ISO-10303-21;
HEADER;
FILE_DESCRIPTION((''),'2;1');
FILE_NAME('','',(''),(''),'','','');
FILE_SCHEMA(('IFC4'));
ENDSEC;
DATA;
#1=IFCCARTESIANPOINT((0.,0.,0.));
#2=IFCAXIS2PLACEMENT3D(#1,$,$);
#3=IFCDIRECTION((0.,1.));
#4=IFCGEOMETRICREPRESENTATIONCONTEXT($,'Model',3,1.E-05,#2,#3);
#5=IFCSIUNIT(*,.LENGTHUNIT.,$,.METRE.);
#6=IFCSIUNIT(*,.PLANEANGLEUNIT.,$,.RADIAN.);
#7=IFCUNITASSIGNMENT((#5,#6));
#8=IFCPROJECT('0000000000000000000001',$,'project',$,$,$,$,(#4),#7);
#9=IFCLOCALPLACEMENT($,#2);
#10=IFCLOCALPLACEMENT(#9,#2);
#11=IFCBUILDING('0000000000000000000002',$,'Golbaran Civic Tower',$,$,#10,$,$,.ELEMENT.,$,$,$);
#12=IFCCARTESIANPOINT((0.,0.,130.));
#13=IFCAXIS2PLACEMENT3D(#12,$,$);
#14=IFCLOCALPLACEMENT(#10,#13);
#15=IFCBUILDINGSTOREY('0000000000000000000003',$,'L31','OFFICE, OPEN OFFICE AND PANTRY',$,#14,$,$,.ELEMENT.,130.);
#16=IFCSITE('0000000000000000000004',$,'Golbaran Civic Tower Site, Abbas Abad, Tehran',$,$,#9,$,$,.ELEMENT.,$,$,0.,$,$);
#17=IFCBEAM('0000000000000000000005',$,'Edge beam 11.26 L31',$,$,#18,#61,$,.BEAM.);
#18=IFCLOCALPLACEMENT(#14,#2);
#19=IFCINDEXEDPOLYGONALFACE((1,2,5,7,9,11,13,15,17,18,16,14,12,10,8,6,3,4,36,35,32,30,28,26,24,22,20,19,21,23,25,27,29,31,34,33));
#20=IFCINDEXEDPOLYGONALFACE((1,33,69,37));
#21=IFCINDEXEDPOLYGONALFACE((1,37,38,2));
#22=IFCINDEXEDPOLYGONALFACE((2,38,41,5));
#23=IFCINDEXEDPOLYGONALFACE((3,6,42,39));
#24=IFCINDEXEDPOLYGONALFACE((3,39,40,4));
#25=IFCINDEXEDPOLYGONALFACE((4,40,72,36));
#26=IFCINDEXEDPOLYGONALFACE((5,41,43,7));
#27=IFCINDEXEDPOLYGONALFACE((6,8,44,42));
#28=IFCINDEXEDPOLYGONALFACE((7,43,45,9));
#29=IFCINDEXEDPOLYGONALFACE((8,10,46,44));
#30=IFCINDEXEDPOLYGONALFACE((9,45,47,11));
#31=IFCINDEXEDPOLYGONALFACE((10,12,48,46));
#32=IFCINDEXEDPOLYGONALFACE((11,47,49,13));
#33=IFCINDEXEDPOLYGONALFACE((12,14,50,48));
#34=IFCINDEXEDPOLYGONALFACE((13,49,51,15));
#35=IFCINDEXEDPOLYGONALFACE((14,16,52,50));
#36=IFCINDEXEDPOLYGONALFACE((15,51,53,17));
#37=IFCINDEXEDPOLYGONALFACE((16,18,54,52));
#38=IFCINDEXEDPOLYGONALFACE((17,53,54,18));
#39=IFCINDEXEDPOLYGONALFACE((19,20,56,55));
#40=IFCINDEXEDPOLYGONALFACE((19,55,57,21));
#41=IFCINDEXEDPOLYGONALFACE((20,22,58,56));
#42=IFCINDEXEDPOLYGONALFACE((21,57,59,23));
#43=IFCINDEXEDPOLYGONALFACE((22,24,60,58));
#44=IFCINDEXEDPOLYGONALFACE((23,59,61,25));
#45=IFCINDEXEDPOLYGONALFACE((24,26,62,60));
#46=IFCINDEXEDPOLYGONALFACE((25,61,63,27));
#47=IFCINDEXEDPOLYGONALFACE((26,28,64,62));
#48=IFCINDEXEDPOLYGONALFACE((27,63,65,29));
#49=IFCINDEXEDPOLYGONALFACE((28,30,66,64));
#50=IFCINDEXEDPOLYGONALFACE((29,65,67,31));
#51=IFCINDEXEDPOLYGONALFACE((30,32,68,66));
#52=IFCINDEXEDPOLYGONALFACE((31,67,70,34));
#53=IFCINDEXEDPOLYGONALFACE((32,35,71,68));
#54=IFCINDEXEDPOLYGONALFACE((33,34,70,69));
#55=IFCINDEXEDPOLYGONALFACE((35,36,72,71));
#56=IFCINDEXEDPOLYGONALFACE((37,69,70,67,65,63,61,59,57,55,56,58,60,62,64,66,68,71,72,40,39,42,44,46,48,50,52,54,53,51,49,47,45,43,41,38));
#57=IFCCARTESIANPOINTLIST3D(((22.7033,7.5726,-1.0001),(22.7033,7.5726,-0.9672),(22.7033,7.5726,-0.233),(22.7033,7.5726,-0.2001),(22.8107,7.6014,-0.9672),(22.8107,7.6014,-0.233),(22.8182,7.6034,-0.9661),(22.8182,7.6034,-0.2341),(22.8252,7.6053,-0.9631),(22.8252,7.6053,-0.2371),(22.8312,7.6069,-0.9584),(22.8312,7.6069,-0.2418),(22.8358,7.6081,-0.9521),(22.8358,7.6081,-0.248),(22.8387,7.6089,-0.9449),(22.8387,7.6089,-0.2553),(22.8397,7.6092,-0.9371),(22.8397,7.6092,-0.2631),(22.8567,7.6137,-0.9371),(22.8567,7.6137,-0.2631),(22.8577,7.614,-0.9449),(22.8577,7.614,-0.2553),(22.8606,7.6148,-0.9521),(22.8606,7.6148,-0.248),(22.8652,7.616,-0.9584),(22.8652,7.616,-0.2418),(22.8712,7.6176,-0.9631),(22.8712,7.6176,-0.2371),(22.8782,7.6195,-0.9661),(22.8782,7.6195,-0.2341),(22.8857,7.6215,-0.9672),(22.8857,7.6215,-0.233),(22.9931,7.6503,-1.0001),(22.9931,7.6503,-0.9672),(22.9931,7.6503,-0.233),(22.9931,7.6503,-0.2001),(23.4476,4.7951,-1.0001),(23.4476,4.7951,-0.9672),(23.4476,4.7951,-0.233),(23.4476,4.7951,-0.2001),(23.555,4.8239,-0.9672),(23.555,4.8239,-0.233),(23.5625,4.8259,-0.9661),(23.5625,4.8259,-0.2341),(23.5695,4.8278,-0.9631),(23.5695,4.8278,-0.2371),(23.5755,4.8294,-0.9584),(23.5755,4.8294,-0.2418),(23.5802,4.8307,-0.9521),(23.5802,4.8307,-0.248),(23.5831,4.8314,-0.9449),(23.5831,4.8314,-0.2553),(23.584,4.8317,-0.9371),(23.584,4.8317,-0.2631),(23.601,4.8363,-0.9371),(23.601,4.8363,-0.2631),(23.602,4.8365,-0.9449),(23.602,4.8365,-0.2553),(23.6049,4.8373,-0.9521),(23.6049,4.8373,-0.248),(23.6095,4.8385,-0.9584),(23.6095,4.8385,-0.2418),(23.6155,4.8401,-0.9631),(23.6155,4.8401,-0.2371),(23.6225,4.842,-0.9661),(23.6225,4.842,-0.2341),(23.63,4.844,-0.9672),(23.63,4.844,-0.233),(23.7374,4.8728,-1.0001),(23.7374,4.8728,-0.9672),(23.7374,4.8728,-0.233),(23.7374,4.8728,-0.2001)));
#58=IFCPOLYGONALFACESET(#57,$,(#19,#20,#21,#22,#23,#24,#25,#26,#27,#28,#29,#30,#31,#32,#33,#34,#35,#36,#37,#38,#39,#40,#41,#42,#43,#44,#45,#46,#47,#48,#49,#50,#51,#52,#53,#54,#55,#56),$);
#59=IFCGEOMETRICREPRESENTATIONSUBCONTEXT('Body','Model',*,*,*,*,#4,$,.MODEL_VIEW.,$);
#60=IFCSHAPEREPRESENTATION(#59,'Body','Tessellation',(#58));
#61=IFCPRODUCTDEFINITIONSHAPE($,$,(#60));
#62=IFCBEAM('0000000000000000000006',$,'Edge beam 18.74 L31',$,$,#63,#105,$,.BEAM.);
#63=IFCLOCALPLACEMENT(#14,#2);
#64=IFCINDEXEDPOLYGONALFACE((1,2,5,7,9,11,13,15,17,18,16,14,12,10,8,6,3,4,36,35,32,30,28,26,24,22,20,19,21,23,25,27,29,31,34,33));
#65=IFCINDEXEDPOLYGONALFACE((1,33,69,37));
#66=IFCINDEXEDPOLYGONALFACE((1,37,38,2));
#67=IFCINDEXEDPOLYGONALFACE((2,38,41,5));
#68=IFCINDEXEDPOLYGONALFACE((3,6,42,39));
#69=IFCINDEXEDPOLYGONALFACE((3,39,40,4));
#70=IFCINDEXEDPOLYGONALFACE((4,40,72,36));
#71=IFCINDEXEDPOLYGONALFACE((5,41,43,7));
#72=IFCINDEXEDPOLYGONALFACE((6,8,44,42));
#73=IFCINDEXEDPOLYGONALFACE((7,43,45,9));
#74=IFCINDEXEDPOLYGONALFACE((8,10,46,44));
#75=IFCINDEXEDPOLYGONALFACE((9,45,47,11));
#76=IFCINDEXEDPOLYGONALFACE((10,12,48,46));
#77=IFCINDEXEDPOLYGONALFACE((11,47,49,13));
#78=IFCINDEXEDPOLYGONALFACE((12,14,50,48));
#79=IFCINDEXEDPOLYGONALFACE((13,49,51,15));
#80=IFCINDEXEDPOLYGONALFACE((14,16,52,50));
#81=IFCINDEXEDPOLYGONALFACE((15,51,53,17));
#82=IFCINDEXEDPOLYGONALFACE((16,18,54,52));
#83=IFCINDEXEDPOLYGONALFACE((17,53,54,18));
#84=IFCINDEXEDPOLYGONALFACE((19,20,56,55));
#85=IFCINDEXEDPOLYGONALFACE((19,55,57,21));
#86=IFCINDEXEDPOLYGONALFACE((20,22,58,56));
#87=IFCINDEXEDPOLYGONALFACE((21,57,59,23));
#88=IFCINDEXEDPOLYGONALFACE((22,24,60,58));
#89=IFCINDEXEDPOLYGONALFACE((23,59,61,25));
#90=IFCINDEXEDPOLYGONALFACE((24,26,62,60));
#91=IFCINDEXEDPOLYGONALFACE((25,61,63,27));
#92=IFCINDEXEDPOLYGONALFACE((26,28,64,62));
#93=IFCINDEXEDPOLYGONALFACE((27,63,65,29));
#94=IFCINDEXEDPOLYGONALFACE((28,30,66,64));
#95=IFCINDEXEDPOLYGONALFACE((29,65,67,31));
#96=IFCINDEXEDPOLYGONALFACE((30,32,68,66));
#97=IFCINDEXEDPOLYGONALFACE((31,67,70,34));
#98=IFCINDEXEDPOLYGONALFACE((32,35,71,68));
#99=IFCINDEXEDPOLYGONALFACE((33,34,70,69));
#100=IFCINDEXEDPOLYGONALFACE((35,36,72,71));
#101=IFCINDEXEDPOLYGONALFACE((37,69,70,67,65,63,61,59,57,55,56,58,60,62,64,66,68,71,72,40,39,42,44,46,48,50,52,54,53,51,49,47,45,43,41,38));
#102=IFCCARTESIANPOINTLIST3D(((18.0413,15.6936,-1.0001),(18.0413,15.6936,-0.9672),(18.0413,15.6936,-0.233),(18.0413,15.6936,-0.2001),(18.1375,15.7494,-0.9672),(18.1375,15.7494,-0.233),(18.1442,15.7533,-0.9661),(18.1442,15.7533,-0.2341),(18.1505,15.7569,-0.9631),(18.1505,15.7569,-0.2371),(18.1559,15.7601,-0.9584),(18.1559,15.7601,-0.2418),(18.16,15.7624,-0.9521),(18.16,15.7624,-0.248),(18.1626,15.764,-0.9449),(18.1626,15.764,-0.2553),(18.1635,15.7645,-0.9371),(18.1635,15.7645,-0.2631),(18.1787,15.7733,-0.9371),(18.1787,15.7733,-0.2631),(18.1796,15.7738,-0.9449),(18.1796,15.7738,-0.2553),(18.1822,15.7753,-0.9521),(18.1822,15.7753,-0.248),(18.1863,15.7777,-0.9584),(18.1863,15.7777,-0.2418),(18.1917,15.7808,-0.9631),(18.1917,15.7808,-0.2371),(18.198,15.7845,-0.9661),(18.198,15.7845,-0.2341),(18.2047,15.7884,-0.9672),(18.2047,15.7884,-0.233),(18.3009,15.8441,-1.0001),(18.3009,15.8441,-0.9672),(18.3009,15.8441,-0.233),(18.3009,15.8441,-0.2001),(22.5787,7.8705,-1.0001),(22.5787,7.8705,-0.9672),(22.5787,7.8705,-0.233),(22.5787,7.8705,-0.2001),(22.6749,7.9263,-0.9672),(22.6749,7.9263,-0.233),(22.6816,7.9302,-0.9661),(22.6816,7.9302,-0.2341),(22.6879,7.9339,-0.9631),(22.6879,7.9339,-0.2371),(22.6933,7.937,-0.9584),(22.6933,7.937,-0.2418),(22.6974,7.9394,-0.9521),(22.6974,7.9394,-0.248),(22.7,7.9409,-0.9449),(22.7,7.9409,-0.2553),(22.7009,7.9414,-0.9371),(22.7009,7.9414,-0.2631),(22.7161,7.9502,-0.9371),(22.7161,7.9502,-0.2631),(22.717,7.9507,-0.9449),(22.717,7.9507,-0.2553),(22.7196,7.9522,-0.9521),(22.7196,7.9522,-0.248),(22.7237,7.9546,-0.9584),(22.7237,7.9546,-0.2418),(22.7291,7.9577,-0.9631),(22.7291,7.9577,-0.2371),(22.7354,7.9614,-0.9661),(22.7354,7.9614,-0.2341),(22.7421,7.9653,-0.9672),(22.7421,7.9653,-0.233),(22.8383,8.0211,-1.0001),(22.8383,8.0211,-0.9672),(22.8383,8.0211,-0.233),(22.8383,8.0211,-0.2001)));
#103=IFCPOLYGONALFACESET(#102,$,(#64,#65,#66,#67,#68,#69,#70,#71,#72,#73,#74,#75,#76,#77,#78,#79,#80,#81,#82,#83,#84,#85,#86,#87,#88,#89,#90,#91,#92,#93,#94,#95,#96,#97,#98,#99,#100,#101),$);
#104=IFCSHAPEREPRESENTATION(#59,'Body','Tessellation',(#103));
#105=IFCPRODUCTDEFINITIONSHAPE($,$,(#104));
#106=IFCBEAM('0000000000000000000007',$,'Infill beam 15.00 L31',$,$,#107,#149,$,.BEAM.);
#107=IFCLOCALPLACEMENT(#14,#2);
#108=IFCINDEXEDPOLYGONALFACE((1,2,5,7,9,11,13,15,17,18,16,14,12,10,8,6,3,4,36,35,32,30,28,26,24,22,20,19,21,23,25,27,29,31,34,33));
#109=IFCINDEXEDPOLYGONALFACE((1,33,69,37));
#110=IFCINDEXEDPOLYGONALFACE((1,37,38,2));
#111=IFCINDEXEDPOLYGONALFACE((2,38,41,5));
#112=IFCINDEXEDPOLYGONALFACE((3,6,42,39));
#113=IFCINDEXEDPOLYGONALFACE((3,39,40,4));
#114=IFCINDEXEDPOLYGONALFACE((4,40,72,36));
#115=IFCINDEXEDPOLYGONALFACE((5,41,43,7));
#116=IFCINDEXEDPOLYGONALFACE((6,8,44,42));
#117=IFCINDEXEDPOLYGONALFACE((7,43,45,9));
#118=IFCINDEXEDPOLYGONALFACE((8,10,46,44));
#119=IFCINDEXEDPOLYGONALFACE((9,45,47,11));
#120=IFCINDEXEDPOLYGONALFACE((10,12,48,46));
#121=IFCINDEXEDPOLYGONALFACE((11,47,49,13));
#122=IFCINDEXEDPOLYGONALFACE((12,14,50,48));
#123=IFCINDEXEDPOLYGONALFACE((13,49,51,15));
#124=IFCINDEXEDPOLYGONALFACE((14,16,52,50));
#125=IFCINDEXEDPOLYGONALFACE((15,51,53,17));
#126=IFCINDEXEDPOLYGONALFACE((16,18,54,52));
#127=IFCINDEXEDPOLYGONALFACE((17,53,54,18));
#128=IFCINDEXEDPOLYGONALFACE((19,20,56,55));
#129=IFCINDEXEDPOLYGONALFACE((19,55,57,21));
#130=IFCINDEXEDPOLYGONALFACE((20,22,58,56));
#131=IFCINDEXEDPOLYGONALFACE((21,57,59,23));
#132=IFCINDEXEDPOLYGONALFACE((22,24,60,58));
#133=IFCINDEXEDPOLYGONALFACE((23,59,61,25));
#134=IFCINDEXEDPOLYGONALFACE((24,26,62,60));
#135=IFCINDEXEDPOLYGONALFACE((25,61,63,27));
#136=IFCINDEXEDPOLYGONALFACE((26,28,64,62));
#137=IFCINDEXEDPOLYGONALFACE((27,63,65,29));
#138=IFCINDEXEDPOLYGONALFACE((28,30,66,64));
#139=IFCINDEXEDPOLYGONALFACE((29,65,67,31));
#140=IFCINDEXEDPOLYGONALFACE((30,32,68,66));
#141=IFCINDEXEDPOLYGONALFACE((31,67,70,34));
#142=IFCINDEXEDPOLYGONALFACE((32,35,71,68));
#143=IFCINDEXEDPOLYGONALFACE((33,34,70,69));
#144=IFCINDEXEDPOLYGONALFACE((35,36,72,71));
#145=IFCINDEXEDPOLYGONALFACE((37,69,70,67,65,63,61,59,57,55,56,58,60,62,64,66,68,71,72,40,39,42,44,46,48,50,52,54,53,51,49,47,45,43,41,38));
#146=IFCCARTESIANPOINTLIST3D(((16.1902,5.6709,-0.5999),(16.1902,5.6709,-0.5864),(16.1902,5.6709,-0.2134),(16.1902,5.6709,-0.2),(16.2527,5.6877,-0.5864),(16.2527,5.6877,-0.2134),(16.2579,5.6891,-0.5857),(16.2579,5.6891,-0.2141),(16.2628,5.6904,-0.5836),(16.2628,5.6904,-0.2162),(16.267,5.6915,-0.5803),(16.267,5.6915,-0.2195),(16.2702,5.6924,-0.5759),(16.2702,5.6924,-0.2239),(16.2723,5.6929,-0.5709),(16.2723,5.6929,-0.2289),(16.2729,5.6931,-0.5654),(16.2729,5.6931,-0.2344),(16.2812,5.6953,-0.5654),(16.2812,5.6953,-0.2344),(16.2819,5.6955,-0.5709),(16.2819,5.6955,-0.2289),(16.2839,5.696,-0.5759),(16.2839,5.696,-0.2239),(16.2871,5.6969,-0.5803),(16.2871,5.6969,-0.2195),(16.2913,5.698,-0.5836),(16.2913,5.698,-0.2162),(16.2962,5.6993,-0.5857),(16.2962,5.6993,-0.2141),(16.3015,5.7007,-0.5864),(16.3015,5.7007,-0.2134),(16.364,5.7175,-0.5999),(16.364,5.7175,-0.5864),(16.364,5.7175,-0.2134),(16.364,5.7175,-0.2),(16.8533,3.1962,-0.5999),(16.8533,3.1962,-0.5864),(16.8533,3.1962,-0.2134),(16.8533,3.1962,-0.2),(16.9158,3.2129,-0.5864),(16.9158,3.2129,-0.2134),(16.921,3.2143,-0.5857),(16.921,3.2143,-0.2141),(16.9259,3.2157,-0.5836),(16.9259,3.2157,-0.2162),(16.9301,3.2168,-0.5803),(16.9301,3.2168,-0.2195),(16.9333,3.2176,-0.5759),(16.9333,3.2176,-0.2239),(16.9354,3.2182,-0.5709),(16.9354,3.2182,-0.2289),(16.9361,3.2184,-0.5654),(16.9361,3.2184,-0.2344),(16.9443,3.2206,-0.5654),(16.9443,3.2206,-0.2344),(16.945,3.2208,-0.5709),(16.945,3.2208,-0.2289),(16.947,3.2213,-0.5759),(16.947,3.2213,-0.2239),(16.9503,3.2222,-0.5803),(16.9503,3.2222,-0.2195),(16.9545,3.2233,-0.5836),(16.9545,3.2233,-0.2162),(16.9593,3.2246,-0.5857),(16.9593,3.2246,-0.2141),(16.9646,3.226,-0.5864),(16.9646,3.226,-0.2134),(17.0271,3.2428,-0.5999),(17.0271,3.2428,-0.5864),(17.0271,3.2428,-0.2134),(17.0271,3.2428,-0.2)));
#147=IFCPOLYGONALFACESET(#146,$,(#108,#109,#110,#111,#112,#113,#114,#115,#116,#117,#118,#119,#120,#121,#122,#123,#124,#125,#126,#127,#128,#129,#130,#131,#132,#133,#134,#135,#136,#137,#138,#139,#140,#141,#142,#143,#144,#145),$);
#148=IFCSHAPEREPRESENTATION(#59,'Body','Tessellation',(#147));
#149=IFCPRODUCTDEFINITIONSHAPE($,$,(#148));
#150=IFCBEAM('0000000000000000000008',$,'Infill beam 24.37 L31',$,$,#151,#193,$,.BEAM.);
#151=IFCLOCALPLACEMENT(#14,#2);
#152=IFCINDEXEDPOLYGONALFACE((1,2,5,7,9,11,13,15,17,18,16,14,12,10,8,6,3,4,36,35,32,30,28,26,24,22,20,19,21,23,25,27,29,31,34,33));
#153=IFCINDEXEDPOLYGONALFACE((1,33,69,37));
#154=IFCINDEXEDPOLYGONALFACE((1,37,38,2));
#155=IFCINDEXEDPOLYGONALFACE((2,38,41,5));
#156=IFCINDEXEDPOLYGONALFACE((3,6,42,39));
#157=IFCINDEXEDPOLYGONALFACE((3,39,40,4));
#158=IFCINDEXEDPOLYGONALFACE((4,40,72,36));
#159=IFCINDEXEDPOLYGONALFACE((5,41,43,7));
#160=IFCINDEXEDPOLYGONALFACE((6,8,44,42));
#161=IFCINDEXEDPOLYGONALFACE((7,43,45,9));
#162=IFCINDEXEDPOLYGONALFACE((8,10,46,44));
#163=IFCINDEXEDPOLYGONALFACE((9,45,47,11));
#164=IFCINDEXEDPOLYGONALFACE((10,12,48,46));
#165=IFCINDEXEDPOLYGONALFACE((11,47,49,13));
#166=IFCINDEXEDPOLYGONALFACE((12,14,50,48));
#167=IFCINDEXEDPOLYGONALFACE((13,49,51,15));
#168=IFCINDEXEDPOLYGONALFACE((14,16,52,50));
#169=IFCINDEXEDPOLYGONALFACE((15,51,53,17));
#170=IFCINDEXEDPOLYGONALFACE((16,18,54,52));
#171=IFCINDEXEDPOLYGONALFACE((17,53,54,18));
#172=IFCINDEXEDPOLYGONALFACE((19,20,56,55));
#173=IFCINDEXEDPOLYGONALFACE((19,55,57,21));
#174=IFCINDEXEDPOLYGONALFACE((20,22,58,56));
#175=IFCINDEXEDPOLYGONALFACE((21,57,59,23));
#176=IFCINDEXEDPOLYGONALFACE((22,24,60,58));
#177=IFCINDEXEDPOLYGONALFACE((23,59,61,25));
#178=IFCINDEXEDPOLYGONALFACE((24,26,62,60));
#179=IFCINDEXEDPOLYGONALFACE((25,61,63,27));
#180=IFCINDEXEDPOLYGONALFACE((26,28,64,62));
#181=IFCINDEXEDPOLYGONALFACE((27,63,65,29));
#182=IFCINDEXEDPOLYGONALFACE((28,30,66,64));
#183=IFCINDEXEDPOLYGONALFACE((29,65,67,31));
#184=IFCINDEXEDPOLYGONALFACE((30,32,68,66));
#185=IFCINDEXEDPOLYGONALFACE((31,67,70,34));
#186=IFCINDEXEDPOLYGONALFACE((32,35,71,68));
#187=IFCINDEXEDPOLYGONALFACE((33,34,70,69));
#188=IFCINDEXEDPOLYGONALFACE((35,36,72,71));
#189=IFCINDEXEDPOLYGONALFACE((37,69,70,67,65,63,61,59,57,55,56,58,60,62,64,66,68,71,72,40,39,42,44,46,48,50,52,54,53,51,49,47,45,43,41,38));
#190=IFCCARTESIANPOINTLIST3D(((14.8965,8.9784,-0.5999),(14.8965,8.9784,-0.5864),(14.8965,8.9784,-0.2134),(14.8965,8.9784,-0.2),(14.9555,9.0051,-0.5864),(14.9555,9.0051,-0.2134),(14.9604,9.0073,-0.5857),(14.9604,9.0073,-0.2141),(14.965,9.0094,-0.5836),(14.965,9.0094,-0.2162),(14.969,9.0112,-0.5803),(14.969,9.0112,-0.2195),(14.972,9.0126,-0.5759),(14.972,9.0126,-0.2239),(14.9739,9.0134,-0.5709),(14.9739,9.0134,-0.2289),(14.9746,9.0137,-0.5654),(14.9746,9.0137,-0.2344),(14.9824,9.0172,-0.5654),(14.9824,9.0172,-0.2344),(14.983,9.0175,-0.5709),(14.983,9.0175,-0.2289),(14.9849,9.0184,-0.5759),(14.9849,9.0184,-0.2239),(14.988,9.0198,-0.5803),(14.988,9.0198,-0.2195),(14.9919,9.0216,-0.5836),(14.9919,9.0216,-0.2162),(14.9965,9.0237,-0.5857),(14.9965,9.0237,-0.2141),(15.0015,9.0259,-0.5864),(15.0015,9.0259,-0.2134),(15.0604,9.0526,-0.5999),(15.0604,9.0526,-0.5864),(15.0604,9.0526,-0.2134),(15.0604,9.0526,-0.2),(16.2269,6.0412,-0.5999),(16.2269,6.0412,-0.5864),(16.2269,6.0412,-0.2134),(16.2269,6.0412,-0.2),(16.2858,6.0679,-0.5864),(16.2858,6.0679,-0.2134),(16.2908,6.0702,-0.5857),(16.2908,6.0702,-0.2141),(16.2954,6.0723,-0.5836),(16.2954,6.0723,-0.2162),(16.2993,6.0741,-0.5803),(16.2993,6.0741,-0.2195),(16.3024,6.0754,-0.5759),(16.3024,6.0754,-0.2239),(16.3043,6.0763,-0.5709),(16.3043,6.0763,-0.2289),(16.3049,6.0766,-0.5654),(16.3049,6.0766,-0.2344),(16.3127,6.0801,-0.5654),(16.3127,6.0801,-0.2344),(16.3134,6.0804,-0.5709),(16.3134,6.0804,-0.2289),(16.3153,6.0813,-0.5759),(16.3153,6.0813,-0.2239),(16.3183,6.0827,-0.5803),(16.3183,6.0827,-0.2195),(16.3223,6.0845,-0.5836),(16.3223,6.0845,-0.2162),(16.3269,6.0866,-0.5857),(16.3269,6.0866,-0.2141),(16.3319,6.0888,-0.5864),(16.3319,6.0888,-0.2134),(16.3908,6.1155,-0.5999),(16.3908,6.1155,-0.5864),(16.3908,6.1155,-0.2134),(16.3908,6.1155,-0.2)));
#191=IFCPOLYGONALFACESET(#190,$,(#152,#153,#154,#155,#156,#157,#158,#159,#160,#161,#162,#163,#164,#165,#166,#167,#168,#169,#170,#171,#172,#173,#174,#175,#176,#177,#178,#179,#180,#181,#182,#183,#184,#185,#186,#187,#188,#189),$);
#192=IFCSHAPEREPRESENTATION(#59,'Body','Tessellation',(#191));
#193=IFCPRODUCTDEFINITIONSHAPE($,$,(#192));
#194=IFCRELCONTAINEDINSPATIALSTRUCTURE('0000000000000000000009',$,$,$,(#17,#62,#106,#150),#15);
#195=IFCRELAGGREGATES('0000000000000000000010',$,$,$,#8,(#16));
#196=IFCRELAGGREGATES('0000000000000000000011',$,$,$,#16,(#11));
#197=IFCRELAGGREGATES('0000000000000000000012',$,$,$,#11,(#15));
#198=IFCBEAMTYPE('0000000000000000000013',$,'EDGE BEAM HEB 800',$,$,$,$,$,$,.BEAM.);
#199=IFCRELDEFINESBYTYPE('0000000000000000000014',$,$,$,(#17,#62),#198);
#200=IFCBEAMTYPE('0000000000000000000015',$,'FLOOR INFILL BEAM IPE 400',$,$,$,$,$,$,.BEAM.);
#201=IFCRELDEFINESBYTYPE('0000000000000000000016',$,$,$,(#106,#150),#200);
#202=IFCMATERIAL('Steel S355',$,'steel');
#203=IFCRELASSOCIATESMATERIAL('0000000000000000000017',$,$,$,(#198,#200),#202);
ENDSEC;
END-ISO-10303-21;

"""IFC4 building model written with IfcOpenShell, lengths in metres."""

from ifc_helpers import new_model, si_unit, direction, frame, origin, origin_2d, place, context, subcontext, project, spatial, i_section, extrude, material, material_profile, profile_set, type_object, element, save


model = new_model("IFC4")

# Units and contexts
model_context = context("Model", 3, precision=1e-05, world=origin(), true_north=direction((0.0, 1.0)))
body_context = subcontext(model_context, "Body", "Model", "MODEL_VIEW")
ifc_project = project(units=[si_unit("LENGTHUNIT", "METRE"), si_unit("PLANEANGLEUNIT", "RADIAN")], contexts=[model_context])

# Site, building, storey
site_placement = place(None, origin())
site = spatial("IfcSite", under=ifc_project, at=site_placement, Name="Golbaran Civic Tower Site, Abbas Abad, Tehran", CompositionType="ELEMENT", RefElevation=0.0)
building_placement = place(site_placement, origin())
building = spatial("IfcBuilding", under=site, at=building_placement, Name="Golbaran Civic Tower", CompositionType="ELEMENT")
storey_placement = place(building_placement, frame((0.0, 0.0, 130.0)))
storey = spatial("IfcBuildingStorey", under=building, at=storey_placement, Name="L31", Description="OFFICE, OPEN OFFICE AND PANTRY", CompositionType="ELEMENT", Elevation=130.0)

# Beams
ifc_material_1 = material(Name="Steel S355", Category="steel")
ifc_material_profile_1 = material_profile(ifc_material_1, i_section(OverallWidth=0.3, OverallDepth=0.8, WebThickness=0.0176, FlangeThickness=0.033, FilletRadius=0.03, at=origin_2d()), Name="HEB 800")
ifc_profile_set_1 = profile_set([ifc_material_profile_1], Name="Steel S355")
beam_type_1 = type_object("IfcBeamType", Name="EDGE BEAM HEB 800", PredefinedType="BEAM", material=ifc_profile_set_1)
beam_1_placement = place(storey_placement, frame((23.5925, 4.834, -0.6001), z_axis=(-0.258862, 0.965914, 0.0), x_axis=(-0.965914, -0.258862, 0.0)))
element("IfcBeam", 1, at=beam_1_placement, inside=storey, type_object=beam_type_1, Name="Edge beam 11.26 L31", PredefinedType="BEAM", context=body_context, shape_type="SweptSolid", body=[
    extrude(i_section(OverallWidth=0.3, OverallDepth=0.8, WebThickness=0.0176, FlangeThickness=0.033, FilletRadius=0.03, at=origin_2d()), origin(), (0.0, 0.0, 1.0), 2.8755),
])
beam_2_placement = place(storey_placement, frame((22.7085, 7.9458, -0.6001), z_axis=(-0.501719, 0.86503, 0.0), x_axis=(-0.86503, -0.501719, 0.0)))
element("IfcBeam", 2, at=beam_2_placement, inside=storey, type_object=beam_type_1, Name="Edge beam 18.74 L31", PredefinedType="BEAM", context=body_context, shape_type="SweptSolid", body=[
    extrude(i_section(OverallWidth=0.3, OverallDepth=0.8, WebThickness=0.0176, FlangeThickness=0.033, FilletRadius=0.03, at=origin_2d()), origin(), (0.0, 0.0, 1.0), 9.0437),
])
ifc_material_profile_2 = material_profile(ifc_material_1, i_section(OverallWidth=0.1799, OverallDepth=0.3999, WebThickness=0.0085, FlangeThickness=0.0134, FilletRadius=0.021, at=origin_2d()), Name="IPE 400")
ifc_profile_set_2 = profile_set([ifc_material_profile_2], Name="Steel S355")
beam_type_2 = type_object("IfcBeamType", Name="FLOOR INFILL BEAM IPE 400", PredefinedType="BEAM", material=ifc_profile_set_2)
beam_3_placement = place(storey_placement, frame((16.9402, 3.2195, -0.3999), z_axis=(-0.258825, 0.965924, 0.0), x_axis=(-0.965924, -0.258825, 0.0)))
element("IfcBeam", 3, at=beam_3_placement, inside=storey, type_object=beam_type_2, Name="Infill beam 15.00 L31", PredefinedType="BEAM", context=body_context, shape_type="SweptSolid", body=[
    extrude(i_section(OverallWidth=0.1799, OverallDepth=0.3999, WebThickness=0.0085, FlangeThickness=0.0134, FilletRadius=0.021, at=origin_2d()), origin(), (0.0, 0.0, 1.0), 2.562),
])
beam_4_placement = place(storey_placement, frame((16.3088, 6.0784, -0.3999), z_axis=(-0.412599, 0.910913, 0.0), x_axis=(-0.910913, -0.412599, 0.0)))
element("IfcBeam", 4, at=beam_4_placement, inside=storey, type_object=beam_type_2, Name="Infill beam 24.37 L31", PredefinedType="BEAM", context=body_context, shape_type="SweptSolid", body=[
    extrude(i_section(OverallWidth=0.1799, OverallDepth=0.3999, WebThickness=0.0085, FlangeThickness=0.0134, FilletRadius=0.021, at=origin_2d()), origin(), (0.0, 0.0, 1.0), 3.2244),
])

save(model, "model.ifc")
